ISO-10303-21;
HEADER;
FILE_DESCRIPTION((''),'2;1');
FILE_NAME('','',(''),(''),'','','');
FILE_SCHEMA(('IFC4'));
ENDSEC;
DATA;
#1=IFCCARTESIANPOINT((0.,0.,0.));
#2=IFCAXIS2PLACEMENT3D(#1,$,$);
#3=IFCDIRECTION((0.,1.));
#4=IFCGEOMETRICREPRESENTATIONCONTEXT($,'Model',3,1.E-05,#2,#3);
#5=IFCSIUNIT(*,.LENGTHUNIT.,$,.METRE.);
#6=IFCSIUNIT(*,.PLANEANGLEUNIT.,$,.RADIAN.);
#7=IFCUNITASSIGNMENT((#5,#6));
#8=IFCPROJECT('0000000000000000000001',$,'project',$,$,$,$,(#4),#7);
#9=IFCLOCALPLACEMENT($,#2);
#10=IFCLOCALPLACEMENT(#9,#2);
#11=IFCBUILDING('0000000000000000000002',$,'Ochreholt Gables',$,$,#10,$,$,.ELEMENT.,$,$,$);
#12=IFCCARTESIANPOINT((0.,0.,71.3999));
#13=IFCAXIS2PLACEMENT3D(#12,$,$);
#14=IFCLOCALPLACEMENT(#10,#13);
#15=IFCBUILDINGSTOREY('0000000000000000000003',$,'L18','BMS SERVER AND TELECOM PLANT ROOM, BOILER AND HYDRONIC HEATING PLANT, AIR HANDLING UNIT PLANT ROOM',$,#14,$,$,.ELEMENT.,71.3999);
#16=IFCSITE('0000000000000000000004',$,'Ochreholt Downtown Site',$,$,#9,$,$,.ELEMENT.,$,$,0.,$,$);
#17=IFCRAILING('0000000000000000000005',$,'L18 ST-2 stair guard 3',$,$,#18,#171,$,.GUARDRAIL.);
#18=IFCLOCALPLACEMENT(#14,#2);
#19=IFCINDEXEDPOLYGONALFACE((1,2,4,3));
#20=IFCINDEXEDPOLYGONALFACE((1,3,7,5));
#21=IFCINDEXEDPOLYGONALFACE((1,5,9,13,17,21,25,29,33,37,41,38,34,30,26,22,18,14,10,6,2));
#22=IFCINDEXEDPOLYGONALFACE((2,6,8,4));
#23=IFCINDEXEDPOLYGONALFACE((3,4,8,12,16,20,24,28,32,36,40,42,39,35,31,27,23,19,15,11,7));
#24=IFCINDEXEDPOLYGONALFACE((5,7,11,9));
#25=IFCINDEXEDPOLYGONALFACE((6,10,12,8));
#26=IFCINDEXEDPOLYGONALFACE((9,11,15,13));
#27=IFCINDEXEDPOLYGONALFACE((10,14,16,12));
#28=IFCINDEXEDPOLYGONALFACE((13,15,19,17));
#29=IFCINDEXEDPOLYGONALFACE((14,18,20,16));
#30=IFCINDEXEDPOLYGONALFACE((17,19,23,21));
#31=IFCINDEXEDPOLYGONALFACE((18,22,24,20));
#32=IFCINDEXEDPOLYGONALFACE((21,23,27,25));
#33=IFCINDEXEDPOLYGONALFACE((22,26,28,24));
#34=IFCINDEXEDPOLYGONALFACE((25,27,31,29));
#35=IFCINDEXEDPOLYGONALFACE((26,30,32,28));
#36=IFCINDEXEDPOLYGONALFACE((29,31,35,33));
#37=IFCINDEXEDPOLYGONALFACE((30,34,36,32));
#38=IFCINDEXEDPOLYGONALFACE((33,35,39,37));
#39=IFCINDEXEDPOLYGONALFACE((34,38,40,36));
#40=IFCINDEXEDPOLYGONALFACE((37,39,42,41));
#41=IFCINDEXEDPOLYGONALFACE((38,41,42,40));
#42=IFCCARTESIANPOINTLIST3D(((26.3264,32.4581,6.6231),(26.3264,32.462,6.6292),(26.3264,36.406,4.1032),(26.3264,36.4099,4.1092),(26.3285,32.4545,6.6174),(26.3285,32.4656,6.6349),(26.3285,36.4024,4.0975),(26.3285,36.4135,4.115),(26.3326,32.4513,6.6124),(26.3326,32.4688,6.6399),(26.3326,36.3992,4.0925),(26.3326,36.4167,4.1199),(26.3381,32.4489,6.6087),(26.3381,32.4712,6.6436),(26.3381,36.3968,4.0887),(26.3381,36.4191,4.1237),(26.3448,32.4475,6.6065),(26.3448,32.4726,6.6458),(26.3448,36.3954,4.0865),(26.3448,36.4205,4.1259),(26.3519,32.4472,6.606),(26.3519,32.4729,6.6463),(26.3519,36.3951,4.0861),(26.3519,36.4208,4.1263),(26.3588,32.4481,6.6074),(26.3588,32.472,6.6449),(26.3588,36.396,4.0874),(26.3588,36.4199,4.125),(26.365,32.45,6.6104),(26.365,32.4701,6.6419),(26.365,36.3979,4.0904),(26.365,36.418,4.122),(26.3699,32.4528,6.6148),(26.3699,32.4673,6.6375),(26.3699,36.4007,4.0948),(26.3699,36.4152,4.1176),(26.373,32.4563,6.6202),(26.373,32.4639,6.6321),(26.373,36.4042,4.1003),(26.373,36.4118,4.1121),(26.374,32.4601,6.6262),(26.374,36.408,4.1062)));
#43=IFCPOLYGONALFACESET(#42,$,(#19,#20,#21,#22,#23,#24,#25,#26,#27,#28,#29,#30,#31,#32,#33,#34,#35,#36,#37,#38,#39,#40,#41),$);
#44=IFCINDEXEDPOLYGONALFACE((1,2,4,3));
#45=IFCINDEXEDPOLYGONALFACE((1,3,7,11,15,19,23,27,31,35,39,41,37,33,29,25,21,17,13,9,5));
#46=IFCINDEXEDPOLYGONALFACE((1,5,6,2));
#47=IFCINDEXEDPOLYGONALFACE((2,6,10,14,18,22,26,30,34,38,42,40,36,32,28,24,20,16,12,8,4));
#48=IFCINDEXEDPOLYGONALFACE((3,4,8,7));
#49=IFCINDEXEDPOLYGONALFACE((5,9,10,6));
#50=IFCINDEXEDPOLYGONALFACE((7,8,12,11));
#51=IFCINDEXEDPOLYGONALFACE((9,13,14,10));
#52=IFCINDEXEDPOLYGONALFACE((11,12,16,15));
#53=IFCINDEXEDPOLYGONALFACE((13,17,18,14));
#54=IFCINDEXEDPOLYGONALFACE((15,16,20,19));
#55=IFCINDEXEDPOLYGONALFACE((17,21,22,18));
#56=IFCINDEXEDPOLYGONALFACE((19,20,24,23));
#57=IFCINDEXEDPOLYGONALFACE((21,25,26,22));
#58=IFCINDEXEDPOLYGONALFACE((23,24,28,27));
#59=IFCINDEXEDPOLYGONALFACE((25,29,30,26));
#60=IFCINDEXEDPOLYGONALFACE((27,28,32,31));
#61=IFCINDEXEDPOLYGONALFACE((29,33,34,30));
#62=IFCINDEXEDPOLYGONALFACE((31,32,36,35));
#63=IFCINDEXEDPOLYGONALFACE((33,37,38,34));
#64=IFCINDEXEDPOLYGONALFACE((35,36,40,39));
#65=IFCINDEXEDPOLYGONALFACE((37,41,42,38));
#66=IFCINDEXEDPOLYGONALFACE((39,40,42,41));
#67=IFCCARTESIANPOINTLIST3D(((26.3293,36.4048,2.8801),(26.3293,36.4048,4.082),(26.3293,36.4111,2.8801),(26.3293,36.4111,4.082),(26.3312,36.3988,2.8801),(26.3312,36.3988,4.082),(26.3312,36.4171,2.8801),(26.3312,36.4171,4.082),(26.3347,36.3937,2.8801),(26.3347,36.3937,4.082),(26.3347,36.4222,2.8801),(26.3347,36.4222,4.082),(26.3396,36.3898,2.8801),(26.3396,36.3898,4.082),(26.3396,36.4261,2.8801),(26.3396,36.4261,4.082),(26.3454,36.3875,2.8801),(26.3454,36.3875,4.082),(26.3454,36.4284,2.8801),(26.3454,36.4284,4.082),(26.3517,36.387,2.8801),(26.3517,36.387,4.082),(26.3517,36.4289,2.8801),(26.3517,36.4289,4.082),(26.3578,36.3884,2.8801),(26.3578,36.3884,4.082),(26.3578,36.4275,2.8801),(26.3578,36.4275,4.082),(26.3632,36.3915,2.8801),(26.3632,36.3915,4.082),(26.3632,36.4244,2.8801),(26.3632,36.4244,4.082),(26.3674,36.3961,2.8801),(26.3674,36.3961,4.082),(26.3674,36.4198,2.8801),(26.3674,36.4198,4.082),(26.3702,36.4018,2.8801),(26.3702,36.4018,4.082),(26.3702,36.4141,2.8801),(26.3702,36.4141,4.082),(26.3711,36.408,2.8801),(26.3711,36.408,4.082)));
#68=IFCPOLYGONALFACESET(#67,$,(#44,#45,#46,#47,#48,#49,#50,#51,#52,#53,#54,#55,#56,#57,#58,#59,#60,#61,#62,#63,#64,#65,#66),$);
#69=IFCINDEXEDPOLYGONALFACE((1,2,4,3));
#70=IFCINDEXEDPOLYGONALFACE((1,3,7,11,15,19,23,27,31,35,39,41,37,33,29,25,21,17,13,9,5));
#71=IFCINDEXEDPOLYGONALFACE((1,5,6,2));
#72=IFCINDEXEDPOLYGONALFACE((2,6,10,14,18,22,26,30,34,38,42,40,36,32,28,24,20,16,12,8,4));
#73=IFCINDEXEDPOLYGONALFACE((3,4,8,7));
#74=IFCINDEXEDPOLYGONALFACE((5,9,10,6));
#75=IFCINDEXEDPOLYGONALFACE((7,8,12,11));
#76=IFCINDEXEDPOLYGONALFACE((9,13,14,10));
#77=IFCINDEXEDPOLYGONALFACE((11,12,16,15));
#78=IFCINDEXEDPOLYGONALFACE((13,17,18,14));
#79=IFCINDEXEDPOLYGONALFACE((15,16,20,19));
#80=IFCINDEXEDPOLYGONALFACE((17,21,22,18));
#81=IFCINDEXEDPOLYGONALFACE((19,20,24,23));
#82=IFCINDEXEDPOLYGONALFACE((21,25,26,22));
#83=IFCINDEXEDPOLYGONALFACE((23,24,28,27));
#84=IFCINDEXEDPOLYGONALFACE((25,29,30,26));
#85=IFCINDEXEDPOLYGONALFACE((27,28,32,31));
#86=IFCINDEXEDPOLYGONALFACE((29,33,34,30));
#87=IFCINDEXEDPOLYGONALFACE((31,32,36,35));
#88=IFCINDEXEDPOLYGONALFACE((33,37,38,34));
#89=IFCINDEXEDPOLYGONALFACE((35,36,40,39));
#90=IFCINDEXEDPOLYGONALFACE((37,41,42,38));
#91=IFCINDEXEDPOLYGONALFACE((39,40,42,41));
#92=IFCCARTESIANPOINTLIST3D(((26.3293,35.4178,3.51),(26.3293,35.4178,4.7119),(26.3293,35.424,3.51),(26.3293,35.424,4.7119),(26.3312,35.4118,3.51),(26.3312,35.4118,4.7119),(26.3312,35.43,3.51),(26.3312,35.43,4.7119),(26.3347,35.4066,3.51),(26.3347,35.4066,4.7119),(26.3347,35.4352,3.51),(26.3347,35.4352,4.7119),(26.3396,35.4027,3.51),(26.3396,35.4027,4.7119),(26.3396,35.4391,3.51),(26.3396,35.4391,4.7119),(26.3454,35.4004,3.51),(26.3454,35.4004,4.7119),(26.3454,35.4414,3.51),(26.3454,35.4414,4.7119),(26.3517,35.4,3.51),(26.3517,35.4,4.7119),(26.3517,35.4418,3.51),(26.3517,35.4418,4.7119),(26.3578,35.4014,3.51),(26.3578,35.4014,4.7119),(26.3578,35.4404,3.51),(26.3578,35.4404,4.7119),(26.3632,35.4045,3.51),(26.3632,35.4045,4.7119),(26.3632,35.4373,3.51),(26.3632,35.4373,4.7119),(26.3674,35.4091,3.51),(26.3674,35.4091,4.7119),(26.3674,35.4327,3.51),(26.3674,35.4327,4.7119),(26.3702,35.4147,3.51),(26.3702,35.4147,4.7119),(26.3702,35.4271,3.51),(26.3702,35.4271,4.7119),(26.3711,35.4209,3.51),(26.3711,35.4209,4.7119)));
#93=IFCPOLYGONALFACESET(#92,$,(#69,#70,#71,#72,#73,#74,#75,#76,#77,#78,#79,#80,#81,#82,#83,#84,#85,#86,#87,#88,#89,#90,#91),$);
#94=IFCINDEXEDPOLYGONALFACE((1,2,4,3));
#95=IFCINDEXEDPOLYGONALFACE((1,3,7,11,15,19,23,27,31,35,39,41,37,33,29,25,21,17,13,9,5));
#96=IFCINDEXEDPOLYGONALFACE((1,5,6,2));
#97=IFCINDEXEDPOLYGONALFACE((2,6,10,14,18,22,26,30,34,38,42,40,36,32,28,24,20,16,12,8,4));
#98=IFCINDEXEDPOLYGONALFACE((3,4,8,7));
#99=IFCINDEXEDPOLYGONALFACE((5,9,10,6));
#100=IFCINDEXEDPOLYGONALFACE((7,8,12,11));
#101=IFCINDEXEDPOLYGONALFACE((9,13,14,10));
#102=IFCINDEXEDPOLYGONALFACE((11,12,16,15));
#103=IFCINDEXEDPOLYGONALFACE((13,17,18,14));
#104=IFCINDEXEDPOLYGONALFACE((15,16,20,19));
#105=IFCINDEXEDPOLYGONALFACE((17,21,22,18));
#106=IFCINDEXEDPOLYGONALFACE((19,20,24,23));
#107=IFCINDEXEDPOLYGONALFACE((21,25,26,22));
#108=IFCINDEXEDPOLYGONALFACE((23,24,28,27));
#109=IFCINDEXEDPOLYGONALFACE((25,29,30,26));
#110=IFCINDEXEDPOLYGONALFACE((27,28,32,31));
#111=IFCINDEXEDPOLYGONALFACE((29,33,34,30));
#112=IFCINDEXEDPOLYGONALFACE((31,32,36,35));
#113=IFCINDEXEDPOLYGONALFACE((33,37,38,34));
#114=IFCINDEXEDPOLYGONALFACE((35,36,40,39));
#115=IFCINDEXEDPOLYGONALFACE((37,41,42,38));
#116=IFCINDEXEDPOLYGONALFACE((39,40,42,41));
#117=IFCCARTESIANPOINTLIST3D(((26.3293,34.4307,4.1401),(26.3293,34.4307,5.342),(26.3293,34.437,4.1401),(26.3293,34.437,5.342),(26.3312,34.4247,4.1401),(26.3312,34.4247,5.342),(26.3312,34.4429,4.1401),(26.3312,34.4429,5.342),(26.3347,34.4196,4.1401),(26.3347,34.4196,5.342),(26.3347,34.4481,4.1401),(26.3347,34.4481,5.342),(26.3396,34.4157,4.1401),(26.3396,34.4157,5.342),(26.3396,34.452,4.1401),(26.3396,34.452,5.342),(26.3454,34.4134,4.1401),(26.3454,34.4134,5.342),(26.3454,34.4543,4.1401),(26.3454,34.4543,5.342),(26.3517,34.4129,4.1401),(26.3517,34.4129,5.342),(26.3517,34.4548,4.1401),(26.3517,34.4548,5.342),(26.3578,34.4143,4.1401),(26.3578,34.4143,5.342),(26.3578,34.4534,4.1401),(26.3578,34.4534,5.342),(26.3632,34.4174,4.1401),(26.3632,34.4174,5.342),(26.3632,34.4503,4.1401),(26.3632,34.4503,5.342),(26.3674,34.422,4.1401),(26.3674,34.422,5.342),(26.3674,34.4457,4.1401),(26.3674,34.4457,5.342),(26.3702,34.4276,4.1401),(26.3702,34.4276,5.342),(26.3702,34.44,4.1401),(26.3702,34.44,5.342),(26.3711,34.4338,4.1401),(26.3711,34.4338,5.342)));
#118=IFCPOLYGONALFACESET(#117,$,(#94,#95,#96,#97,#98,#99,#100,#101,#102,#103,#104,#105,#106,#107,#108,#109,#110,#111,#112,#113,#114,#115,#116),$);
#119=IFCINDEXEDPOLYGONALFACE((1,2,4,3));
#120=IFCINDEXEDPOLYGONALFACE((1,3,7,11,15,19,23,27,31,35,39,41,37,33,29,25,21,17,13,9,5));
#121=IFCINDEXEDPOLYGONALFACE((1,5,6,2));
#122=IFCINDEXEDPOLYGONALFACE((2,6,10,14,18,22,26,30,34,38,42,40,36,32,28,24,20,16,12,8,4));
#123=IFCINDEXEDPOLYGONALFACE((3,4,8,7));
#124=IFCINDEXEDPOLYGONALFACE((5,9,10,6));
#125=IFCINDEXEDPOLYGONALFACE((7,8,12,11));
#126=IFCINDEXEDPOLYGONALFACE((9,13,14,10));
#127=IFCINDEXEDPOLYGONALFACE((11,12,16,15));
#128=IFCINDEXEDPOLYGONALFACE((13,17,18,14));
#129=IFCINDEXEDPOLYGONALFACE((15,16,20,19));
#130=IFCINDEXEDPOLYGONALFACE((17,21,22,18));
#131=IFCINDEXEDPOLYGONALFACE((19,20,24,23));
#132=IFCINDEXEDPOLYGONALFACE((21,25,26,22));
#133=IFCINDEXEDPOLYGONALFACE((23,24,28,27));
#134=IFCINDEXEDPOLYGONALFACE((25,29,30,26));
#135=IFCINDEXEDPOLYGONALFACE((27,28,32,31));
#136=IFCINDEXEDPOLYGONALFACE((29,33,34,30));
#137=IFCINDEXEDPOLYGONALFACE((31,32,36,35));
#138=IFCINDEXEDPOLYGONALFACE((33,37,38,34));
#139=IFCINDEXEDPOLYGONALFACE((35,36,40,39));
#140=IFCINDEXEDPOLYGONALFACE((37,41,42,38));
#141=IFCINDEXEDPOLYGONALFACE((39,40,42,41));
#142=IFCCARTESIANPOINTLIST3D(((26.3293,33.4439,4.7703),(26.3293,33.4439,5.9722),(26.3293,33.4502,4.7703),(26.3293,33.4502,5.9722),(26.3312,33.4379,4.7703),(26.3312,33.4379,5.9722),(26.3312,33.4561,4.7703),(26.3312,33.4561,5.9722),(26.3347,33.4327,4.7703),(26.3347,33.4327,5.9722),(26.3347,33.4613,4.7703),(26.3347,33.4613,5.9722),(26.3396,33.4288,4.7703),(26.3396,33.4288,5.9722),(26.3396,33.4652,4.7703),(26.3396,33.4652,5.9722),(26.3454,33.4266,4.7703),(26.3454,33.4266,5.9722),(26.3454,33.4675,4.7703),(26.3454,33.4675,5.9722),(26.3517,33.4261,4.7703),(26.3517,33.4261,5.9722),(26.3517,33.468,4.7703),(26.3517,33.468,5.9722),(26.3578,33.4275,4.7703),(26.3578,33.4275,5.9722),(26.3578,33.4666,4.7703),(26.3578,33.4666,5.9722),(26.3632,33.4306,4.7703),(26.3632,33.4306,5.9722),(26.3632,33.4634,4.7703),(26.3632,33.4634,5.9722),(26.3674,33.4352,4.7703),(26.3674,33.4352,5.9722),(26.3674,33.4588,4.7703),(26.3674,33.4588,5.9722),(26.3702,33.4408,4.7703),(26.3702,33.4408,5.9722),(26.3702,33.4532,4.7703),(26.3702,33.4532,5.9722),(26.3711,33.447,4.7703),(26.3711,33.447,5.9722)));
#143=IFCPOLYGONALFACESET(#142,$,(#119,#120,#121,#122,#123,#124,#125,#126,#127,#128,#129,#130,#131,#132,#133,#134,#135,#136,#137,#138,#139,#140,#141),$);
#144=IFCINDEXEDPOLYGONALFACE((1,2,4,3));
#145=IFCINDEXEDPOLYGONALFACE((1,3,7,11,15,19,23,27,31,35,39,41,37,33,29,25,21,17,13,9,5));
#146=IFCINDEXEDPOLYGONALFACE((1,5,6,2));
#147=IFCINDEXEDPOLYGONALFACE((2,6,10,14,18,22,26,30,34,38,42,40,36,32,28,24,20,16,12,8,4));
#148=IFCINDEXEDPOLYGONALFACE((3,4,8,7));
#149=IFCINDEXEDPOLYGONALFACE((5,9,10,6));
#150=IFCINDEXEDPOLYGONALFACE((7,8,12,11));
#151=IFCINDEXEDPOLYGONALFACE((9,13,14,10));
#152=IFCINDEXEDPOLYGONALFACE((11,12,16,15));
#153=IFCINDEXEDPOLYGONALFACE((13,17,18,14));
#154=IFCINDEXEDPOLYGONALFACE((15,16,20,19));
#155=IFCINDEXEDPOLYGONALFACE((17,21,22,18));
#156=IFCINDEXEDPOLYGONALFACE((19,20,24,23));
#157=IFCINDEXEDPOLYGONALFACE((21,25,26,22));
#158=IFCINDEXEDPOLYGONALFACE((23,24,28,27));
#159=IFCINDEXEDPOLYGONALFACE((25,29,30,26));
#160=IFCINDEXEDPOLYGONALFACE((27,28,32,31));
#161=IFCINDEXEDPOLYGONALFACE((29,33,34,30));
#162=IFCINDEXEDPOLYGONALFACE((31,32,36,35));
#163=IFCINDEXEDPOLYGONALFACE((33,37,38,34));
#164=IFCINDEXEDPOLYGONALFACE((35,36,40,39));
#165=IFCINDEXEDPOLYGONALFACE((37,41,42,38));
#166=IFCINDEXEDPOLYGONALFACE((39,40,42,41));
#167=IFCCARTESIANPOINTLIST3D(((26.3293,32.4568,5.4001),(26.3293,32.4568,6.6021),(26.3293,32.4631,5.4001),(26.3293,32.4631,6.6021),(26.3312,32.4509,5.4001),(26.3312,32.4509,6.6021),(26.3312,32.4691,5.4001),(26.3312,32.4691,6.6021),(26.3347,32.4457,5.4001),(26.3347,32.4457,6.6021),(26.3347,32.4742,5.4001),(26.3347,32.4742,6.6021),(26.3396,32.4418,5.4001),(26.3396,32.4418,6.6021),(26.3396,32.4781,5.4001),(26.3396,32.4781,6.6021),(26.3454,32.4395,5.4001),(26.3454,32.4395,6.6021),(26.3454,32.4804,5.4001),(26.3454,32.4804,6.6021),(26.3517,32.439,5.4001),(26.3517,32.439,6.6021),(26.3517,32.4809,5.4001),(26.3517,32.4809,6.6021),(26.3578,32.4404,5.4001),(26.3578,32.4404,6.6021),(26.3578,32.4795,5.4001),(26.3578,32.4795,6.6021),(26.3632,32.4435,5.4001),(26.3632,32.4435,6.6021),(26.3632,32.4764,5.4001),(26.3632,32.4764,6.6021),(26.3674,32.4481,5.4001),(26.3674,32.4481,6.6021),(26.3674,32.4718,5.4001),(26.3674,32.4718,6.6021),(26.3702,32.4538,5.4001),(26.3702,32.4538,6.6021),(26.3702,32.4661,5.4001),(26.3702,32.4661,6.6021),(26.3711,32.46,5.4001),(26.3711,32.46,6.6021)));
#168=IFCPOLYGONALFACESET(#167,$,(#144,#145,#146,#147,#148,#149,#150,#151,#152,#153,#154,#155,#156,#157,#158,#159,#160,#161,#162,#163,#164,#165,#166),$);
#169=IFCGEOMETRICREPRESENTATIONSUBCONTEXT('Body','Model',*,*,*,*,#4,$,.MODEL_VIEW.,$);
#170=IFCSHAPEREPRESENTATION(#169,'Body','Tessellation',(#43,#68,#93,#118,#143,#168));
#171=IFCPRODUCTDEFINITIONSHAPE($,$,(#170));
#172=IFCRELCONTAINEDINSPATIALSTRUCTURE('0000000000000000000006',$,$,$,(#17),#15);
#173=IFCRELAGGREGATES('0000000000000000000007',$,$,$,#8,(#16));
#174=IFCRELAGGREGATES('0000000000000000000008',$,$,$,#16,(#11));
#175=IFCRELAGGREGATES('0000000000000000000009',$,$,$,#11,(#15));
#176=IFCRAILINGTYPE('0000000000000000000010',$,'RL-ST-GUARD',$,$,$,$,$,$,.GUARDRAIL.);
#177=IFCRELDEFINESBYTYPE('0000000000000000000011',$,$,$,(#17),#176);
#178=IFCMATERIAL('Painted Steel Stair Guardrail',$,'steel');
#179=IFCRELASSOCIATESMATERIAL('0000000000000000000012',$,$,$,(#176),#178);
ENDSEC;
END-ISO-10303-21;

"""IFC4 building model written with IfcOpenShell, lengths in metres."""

from ifc_helpers import new_model, si_unit, direction, frame, origin, origin_2d, place, context, subcontext, project, spatial, circle, extrude, material, type_object, element, save


model = new_model("IFC4")

# Units and contexts
model_context = context("Model", 3, precision=1e-05, world=origin(), true_north=direction((0.0, 1.0)))
body_context = subcontext(model_context, "Body", "Model", "MODEL_VIEW")
ifc_project = project(units=[si_unit("LENGTHUNIT", "METRE"), si_unit("PLANEANGLEUNIT", "RADIAN")], contexts=[model_context])

# Site, building, storey
site_placement = place(None, origin())
site = spatial("IfcSite", under=ifc_project, at=site_placement, Name="Ochreholt Downtown Site", CompositionType="ELEMENT", RefElevation=0.0)
building_placement = place(site_placement, origin())
building = spatial("IfcBuilding", under=site, at=building_placement, Name="Ochreholt Gables", CompositionType="ELEMENT")
storey_placement = place(building_placement, frame((0.0, 0.0, 71.3999)))
storey = spatial("IfcBuildingStorey", under=building, at=storey_placement, Name="L18", Description="BMS SERVER AND TELECOM PLANT ROOM, BOILER AND HYDRONIC HEATING PLANT, AIR HANDLING UNIT PLANT ROOM", CompositionType="ELEMENT", Elevation=71.3999)

# Railing
ifc_material_1 = material(Name="Painted Steel Stair Guardrail", Category="steel")
railing_type_1 = type_object("IfcRailingType", Name="RL-ST-GUARD", PredefinedType="GUARDRAIL", material=ifc_material_1)
railing_1_placement = place(storey_placement, frame((26.3501, 36.408, 2.8801)))
element("IfcRailing", 1, at=railing_1_placement, inside=storey, type_object=railing_type_1, Name="L18 ST-2 stair guard 3", PredefinedType="GUARDRAIL", context=body_context, shape_type="SweptSolid", body=[
    extrude(circle(Radius=0.0239, at=origin_2d()), frame((0.0, 0.0, 1.2261), z_axis=(0.0, -0.84292, 0.538039), x_axis=(1.0, 0.0, 0.0)), (0.0, 0.0, 1.0), 4.6836),
    extrude(circle(Radius=0.021, at=origin_2d()), origin(), (0.0, 0.0, 1.0), 1.2019),
    extrude(circle(Radius=0.021, at=origin_2d()), frame((0.0, -0.9871, 0.6299)), (0.0, 0.0, 1.0), 1.2019),
    extrude(circle(Radius=0.021, at=origin_2d()), frame((0.0, -1.9741, 1.26)), (0.0, 0.0, 1.0), 1.2019),
    extrude(circle(Radius=0.021, at=origin_2d()), frame((0.0, -2.9609, 1.8901)), (0.0, 0.0, 1.0), 1.2019),
    extrude(circle(Radius=0.021, at=origin_2d()), frame((0.0, -3.948, 2.52)), (0.0, 0.0, 1.0), 1.2019),
])

save(model, "model.ifc")
